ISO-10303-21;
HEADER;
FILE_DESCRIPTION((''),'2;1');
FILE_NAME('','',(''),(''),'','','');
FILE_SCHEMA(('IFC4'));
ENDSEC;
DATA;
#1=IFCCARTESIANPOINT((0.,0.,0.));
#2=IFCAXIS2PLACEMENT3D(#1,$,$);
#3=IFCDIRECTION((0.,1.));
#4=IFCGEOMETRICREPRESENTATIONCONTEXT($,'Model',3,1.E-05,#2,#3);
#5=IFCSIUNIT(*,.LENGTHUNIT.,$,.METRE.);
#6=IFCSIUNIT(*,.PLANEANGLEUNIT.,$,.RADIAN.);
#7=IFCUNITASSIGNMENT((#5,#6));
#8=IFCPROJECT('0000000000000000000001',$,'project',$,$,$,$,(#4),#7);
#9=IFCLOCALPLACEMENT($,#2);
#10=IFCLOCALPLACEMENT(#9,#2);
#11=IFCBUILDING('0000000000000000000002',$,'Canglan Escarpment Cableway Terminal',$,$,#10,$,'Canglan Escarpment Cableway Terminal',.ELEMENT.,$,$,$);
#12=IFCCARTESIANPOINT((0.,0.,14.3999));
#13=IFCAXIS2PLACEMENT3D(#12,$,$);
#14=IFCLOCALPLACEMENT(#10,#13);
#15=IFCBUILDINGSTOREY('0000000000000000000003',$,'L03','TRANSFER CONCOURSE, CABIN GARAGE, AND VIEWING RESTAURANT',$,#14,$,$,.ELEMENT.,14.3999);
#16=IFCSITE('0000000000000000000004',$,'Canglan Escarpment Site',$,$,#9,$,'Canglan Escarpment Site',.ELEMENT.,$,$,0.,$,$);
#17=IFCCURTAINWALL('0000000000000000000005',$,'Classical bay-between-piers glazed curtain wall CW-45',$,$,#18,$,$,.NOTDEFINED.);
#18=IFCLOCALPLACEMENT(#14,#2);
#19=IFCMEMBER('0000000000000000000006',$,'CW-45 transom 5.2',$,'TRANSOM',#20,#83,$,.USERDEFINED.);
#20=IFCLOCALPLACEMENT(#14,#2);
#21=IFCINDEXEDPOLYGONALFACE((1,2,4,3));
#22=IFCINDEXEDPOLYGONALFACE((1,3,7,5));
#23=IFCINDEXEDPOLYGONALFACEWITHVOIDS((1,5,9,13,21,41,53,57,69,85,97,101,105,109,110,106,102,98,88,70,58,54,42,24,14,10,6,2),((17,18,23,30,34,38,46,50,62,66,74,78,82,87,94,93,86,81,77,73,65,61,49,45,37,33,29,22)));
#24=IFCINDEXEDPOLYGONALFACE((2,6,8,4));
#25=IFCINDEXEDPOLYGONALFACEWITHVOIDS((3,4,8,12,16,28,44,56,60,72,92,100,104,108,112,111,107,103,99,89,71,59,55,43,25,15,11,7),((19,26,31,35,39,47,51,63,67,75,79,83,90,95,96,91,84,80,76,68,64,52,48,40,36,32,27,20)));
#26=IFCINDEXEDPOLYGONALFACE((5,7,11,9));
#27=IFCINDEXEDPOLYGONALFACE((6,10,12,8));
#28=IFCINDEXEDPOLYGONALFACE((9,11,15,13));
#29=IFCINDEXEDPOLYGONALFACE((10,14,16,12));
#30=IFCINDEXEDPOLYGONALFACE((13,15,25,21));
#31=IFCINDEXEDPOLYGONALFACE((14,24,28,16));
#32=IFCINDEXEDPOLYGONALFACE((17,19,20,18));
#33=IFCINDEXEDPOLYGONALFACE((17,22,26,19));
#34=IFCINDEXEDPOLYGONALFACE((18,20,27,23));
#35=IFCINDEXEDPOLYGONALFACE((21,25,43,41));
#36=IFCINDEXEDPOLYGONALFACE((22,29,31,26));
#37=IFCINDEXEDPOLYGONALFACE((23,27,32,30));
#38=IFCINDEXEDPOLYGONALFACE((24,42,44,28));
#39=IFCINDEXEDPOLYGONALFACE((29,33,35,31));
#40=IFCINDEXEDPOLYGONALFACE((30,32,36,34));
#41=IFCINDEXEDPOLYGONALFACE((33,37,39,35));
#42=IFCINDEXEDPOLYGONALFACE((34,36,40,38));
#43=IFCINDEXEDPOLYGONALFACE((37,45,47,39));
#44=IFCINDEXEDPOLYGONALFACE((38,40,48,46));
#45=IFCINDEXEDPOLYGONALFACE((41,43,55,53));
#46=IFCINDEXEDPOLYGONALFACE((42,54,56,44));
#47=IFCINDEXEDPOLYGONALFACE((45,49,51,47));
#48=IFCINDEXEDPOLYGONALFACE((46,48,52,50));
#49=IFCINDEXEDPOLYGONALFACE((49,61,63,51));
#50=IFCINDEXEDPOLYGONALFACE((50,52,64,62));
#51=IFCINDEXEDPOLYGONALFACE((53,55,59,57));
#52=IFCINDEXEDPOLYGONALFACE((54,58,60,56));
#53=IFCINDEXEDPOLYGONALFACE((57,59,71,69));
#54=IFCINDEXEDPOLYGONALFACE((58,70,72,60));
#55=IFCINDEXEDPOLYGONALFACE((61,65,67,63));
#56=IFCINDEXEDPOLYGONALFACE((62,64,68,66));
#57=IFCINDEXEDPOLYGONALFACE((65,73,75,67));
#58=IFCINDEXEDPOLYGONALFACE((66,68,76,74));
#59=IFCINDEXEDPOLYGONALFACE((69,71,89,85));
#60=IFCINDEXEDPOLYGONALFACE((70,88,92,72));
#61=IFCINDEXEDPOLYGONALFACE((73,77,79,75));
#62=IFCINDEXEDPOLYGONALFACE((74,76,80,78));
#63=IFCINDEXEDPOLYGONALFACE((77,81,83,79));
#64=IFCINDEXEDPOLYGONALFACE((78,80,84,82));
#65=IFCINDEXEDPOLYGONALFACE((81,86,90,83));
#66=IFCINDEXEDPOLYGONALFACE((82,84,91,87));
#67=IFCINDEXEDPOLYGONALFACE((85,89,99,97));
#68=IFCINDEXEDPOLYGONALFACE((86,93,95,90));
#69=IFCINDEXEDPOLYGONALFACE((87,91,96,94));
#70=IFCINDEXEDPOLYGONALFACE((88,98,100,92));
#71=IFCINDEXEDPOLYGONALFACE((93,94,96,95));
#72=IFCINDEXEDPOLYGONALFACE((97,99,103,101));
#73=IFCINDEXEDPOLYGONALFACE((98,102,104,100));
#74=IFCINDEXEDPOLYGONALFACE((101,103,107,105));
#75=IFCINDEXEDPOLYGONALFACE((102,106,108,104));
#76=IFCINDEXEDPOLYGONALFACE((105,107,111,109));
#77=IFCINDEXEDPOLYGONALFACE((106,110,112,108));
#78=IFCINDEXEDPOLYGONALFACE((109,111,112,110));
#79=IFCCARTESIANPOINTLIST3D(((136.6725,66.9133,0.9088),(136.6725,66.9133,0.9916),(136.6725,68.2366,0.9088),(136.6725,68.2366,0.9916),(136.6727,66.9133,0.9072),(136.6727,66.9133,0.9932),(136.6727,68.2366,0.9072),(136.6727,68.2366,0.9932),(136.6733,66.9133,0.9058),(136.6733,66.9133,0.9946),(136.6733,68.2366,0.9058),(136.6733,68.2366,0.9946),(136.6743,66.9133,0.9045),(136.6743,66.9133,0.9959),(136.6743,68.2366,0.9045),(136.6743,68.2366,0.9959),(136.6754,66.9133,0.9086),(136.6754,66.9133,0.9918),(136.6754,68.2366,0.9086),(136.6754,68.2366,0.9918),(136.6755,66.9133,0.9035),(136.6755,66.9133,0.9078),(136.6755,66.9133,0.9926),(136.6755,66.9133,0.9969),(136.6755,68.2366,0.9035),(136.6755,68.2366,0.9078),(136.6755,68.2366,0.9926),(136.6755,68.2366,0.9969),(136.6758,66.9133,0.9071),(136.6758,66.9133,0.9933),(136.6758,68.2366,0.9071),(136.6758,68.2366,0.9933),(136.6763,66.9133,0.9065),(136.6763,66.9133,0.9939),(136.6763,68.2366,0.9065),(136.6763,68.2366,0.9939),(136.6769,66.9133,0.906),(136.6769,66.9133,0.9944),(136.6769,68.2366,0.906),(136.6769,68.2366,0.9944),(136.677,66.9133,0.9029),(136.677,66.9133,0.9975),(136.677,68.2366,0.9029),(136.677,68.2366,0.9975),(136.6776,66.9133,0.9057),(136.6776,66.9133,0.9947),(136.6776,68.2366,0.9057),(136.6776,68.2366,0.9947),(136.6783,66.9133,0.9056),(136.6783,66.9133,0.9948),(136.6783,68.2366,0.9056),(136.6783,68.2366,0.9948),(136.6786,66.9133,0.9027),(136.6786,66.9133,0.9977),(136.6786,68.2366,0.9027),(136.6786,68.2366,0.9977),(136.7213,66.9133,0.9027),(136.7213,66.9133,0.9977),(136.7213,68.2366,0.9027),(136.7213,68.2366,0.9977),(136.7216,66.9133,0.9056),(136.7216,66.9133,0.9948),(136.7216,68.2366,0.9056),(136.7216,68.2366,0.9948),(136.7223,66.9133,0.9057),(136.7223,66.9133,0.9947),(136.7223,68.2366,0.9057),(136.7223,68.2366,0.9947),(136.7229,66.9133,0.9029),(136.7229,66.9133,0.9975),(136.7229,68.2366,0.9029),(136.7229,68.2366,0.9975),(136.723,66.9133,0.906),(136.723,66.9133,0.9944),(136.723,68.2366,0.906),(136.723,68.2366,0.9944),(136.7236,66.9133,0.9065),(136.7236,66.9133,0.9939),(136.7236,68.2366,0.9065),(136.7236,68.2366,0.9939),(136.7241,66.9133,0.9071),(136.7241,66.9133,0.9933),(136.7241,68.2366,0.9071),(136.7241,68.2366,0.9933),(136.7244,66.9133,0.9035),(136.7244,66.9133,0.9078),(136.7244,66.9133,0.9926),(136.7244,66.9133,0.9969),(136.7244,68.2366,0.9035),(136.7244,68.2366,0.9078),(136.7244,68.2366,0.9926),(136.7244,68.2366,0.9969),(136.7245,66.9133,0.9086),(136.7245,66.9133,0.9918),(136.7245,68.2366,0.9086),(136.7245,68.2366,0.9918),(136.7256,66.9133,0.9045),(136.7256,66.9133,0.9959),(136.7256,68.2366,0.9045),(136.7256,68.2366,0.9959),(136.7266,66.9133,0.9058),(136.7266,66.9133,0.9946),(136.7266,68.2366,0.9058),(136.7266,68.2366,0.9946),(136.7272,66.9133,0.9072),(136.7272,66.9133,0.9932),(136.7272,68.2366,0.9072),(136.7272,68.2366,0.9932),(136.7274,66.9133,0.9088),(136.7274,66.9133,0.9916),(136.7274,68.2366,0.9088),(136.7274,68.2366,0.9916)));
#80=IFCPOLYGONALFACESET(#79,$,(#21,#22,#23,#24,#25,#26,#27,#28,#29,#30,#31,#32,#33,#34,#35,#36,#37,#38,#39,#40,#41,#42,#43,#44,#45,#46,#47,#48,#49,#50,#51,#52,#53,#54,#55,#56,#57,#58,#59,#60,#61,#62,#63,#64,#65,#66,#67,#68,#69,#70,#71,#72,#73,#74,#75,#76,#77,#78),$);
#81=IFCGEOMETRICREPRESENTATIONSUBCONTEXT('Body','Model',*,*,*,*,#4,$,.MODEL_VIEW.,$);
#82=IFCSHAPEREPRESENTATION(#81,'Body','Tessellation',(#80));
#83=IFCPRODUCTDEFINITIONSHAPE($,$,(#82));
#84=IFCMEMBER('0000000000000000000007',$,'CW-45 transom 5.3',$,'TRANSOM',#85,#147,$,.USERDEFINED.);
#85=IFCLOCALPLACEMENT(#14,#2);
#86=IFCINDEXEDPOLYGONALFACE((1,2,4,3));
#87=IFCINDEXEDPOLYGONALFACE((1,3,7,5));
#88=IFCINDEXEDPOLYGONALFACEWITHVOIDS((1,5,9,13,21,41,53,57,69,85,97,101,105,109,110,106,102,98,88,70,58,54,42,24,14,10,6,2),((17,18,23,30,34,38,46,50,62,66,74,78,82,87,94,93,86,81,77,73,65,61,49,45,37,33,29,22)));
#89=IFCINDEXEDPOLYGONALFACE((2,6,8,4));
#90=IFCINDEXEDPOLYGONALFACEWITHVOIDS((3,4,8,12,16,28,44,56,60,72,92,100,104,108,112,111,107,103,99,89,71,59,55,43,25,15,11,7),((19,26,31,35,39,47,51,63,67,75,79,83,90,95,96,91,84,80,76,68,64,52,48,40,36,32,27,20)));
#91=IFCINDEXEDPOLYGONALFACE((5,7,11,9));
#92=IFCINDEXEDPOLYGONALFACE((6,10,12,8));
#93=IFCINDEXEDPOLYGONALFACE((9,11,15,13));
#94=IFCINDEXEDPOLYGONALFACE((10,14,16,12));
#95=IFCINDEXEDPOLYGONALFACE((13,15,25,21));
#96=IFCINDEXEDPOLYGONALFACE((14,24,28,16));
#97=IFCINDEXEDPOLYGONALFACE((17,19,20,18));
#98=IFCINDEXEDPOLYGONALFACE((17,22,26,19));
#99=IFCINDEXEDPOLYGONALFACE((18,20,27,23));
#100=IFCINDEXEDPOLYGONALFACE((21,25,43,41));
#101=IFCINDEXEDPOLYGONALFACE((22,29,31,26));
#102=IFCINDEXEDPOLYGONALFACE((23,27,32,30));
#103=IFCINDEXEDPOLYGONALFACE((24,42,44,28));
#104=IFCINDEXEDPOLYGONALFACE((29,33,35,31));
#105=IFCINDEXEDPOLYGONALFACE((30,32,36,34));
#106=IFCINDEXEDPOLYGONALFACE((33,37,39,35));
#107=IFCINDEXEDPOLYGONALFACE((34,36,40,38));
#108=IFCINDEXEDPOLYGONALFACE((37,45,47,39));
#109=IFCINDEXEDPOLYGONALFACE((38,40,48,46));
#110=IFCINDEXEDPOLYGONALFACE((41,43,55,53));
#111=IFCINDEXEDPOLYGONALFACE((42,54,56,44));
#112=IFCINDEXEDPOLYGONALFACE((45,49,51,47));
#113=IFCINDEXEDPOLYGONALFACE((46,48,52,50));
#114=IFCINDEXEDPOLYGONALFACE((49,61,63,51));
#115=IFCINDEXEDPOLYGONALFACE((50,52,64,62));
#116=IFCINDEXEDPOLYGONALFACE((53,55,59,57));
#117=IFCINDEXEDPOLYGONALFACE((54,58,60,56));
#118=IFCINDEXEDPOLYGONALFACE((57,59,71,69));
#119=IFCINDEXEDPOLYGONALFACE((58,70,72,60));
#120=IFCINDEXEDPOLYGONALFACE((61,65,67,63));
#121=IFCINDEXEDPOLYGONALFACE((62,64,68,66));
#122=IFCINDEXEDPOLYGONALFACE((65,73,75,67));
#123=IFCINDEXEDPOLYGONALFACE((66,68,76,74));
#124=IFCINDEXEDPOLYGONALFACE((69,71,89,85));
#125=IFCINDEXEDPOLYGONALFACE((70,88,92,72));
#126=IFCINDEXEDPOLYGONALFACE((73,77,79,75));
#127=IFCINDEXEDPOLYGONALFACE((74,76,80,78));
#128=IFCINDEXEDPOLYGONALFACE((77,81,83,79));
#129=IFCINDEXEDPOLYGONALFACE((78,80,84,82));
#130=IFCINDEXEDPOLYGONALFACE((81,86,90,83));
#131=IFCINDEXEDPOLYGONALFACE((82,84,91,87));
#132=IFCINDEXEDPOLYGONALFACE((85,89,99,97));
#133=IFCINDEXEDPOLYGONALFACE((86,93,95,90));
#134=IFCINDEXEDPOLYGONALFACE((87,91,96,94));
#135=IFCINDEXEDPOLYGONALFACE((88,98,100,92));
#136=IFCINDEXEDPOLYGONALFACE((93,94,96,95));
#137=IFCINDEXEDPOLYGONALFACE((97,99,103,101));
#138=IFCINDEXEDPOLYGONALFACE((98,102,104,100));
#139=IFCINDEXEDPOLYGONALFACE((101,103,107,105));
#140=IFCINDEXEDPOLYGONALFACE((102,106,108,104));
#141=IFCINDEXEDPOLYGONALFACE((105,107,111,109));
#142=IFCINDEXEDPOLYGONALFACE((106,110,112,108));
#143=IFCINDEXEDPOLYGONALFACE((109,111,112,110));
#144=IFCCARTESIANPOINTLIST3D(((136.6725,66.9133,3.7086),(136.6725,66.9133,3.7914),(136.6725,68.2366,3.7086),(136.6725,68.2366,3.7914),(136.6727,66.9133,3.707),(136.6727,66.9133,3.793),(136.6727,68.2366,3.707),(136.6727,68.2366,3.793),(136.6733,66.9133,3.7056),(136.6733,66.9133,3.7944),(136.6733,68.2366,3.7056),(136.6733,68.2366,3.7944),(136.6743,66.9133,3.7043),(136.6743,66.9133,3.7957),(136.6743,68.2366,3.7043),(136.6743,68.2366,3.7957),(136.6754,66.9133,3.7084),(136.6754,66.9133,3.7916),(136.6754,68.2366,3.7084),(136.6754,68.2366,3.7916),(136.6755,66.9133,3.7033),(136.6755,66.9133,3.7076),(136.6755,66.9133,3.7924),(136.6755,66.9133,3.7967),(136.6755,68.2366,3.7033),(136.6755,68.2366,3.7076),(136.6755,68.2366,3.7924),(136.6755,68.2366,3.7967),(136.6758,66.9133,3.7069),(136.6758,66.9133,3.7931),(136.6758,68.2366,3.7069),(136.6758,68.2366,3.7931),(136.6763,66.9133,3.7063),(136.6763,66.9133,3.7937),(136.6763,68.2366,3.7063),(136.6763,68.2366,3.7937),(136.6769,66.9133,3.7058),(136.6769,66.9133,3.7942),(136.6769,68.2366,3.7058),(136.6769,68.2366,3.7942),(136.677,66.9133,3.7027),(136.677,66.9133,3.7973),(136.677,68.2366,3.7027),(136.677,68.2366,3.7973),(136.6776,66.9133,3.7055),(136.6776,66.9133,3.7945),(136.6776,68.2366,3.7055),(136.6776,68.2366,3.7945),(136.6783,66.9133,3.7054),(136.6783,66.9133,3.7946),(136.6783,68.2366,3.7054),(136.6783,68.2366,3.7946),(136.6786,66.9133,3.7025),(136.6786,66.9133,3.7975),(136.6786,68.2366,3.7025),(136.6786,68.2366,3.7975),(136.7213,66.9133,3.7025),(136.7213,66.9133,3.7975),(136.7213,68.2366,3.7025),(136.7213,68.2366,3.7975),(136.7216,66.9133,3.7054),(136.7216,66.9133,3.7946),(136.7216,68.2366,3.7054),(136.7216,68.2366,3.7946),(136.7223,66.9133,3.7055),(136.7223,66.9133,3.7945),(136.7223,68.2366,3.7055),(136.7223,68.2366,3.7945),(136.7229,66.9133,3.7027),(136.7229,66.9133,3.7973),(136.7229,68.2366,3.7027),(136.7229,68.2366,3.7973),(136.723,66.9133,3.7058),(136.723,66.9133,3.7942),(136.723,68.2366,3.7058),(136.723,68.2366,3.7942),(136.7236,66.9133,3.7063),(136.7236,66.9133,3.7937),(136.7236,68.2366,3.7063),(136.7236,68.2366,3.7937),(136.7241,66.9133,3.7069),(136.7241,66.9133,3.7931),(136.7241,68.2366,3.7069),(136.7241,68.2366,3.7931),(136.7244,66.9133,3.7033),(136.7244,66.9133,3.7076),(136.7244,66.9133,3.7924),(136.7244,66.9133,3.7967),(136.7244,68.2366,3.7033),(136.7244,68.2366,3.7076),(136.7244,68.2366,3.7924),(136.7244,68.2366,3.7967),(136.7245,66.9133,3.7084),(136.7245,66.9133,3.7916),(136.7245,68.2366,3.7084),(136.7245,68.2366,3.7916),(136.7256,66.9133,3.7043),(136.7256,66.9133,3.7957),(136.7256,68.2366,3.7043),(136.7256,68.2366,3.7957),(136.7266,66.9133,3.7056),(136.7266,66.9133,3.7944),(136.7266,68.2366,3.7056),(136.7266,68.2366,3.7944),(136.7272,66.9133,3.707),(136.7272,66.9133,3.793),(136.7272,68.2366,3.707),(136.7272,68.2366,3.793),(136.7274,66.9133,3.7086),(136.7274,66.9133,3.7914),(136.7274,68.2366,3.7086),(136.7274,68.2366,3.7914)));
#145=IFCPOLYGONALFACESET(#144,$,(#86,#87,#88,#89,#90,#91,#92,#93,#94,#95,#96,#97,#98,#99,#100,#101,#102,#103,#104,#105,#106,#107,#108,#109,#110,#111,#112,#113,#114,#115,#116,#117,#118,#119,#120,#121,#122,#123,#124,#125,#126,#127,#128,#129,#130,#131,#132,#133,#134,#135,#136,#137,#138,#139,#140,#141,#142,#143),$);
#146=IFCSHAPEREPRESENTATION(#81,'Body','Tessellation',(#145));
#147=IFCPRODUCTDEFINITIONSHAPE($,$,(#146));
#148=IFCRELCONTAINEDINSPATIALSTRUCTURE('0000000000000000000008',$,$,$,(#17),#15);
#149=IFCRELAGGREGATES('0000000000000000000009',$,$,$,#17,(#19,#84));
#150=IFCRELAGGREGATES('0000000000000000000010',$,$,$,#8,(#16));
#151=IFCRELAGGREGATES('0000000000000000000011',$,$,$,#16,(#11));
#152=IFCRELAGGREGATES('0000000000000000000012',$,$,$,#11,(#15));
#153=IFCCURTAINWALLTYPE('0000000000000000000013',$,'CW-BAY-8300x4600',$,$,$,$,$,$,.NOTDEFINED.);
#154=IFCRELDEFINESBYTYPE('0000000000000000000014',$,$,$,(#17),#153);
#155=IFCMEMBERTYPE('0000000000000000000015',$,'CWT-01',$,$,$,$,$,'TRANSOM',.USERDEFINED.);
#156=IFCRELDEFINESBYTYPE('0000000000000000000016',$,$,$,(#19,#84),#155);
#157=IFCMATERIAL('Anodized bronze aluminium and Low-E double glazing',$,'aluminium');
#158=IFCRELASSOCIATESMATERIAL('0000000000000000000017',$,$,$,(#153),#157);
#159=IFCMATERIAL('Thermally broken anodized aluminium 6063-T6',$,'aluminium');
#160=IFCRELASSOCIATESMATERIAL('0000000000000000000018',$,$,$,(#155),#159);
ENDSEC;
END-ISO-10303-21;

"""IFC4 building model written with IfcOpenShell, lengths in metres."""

from ifc_helpers import new_model, si_unit, direction, frame, origin, origin_2d, place, context, subcontext, project, spatial, hollow_rectangle, extrude, material, material_profile, profile_set, type_object, element, aggregate, save


model = new_model("IFC4")

# Units and contexts
model_context = context("Model", 3, precision=1e-05, world=origin(), true_north=direction((0.0, 1.0)))
body_context = subcontext(model_context, "Body", "Model", "MODEL_VIEW")
ifc_project = project(units=[si_unit("LENGTHUNIT", "METRE"), si_unit("PLANEANGLEUNIT", "RADIAN")], contexts=[model_context])

# Site, building, storey
site_placement = place(None, origin())
site = spatial("IfcSite", under=ifc_project, at=site_placement, Name="Canglan Escarpment Site", LongName="Canglan Escarpment Site", CompositionType="ELEMENT", RefElevation=0.0)
building_placement = place(site_placement, origin())
building = spatial("IfcBuilding", under=site, at=building_placement, Name="Canglan Escarpment Cableway Terminal", LongName="Canglan Escarpment Cableway Terminal", CompositionType="ELEMENT")
storey_placement = place(building_placement, frame((0.0, 0.0, 14.3999)))
storey = spatial("IfcBuildingStorey", under=building, at=storey_placement, Name="L03", Description="TRANSFER CONCOURSE, CABIN GARAGE, AND VIEWING RESTAURANT", CompositionType="ELEMENT", Elevation=14.3999)

# Curtain wall, members
ifc_material_1 = material(Name="Anodized bronze aluminium and Low-E double glazing", Category="aluminium")
curtain_wall_type = type_object("IfcCurtainWallType", Name="CW-BAY-8300x4600", PredefinedType="NOTDEFINED", material=ifc_material_1)
curtain_wall_placement = place(storey_placement, origin())
curtain_wall = element("IfcCurtainWall", 1, at=curtain_wall_placement, inside=storey, type_object=curtain_wall_type, Name="Classical bay-between-piers glazed curtain wall CW-45", PredefinedType="NOTDEFINED")
ifc_material_2 = material(Name="Thermally broken anodized aluminium 6063-T6", Category="aluminium")
ifc_material_profile_1 = material_profile(ifc_material_2, hollow_rectangle(XDim=0.0549, YDim=0.095, WallThickness=0.0029, InnerFilletRadius=0.0029, OuterFilletRadius=0.0061, at=origin_2d()), Name="ALU-TRAN 55x95x3")
ifc_profile_set_1 = profile_set([ifc_material_profile_1], Name="Thermally broken anodized aluminium 6063-T6")
member_type_1 = type_object("IfcMemberType", Name="CWT-01", ElementType="TRANSOM", PredefinedType="USERDEFINED", material=ifc_profile_set_1)
member_1_placement = place(storey_placement, frame((136.7, 66.9133, 0.9502), z_axis=(0.0, 1.0, 0.0), x_axis=(-1.0, 0.0, 0.0)))
member_1 = element("IfcMember", 2, at=member_1_placement, type_object=member_type_1, Name="CW-45 transom 5.2", ObjectType="TRANSOM", PredefinedType="USERDEFINED", context=body_context, shape_type="SweptSolid", body=[
    extrude(hollow_rectangle(XDim=0.0549, YDim=0.095, WallThickness=0.0029, InnerFilletRadius=0.0029, OuterFilletRadius=0.0061, at=origin_2d()), origin(), (0.0, 0.0, 1.0), 1.3232),
])
member_2_placement = place(storey_placement, frame((136.7, 66.9133, 3.75), z_axis=(0.0, 1.0, 0.0), x_axis=(-1.0, 0.0, 0.0)))
member_2 = element("IfcMember", 3, at=member_2_placement, type_object=member_type_1, Name="CW-45 transom 5.3", ObjectType="TRANSOM", PredefinedType="USERDEFINED", context=body_context, shape_type="SweptSolid", body=[
    extrude(hollow_rectangle(XDim=0.0549, YDim=0.095, WallThickness=0.0029, InnerFilletRadius=0.0029, OuterFilletRadius=0.0061, at=origin_2d()), origin(), (0.0, 0.0, 1.0), 1.3232),
])

aggregate(curtain_wall, [member_1, member_2])

save(model, "model.ifc")
